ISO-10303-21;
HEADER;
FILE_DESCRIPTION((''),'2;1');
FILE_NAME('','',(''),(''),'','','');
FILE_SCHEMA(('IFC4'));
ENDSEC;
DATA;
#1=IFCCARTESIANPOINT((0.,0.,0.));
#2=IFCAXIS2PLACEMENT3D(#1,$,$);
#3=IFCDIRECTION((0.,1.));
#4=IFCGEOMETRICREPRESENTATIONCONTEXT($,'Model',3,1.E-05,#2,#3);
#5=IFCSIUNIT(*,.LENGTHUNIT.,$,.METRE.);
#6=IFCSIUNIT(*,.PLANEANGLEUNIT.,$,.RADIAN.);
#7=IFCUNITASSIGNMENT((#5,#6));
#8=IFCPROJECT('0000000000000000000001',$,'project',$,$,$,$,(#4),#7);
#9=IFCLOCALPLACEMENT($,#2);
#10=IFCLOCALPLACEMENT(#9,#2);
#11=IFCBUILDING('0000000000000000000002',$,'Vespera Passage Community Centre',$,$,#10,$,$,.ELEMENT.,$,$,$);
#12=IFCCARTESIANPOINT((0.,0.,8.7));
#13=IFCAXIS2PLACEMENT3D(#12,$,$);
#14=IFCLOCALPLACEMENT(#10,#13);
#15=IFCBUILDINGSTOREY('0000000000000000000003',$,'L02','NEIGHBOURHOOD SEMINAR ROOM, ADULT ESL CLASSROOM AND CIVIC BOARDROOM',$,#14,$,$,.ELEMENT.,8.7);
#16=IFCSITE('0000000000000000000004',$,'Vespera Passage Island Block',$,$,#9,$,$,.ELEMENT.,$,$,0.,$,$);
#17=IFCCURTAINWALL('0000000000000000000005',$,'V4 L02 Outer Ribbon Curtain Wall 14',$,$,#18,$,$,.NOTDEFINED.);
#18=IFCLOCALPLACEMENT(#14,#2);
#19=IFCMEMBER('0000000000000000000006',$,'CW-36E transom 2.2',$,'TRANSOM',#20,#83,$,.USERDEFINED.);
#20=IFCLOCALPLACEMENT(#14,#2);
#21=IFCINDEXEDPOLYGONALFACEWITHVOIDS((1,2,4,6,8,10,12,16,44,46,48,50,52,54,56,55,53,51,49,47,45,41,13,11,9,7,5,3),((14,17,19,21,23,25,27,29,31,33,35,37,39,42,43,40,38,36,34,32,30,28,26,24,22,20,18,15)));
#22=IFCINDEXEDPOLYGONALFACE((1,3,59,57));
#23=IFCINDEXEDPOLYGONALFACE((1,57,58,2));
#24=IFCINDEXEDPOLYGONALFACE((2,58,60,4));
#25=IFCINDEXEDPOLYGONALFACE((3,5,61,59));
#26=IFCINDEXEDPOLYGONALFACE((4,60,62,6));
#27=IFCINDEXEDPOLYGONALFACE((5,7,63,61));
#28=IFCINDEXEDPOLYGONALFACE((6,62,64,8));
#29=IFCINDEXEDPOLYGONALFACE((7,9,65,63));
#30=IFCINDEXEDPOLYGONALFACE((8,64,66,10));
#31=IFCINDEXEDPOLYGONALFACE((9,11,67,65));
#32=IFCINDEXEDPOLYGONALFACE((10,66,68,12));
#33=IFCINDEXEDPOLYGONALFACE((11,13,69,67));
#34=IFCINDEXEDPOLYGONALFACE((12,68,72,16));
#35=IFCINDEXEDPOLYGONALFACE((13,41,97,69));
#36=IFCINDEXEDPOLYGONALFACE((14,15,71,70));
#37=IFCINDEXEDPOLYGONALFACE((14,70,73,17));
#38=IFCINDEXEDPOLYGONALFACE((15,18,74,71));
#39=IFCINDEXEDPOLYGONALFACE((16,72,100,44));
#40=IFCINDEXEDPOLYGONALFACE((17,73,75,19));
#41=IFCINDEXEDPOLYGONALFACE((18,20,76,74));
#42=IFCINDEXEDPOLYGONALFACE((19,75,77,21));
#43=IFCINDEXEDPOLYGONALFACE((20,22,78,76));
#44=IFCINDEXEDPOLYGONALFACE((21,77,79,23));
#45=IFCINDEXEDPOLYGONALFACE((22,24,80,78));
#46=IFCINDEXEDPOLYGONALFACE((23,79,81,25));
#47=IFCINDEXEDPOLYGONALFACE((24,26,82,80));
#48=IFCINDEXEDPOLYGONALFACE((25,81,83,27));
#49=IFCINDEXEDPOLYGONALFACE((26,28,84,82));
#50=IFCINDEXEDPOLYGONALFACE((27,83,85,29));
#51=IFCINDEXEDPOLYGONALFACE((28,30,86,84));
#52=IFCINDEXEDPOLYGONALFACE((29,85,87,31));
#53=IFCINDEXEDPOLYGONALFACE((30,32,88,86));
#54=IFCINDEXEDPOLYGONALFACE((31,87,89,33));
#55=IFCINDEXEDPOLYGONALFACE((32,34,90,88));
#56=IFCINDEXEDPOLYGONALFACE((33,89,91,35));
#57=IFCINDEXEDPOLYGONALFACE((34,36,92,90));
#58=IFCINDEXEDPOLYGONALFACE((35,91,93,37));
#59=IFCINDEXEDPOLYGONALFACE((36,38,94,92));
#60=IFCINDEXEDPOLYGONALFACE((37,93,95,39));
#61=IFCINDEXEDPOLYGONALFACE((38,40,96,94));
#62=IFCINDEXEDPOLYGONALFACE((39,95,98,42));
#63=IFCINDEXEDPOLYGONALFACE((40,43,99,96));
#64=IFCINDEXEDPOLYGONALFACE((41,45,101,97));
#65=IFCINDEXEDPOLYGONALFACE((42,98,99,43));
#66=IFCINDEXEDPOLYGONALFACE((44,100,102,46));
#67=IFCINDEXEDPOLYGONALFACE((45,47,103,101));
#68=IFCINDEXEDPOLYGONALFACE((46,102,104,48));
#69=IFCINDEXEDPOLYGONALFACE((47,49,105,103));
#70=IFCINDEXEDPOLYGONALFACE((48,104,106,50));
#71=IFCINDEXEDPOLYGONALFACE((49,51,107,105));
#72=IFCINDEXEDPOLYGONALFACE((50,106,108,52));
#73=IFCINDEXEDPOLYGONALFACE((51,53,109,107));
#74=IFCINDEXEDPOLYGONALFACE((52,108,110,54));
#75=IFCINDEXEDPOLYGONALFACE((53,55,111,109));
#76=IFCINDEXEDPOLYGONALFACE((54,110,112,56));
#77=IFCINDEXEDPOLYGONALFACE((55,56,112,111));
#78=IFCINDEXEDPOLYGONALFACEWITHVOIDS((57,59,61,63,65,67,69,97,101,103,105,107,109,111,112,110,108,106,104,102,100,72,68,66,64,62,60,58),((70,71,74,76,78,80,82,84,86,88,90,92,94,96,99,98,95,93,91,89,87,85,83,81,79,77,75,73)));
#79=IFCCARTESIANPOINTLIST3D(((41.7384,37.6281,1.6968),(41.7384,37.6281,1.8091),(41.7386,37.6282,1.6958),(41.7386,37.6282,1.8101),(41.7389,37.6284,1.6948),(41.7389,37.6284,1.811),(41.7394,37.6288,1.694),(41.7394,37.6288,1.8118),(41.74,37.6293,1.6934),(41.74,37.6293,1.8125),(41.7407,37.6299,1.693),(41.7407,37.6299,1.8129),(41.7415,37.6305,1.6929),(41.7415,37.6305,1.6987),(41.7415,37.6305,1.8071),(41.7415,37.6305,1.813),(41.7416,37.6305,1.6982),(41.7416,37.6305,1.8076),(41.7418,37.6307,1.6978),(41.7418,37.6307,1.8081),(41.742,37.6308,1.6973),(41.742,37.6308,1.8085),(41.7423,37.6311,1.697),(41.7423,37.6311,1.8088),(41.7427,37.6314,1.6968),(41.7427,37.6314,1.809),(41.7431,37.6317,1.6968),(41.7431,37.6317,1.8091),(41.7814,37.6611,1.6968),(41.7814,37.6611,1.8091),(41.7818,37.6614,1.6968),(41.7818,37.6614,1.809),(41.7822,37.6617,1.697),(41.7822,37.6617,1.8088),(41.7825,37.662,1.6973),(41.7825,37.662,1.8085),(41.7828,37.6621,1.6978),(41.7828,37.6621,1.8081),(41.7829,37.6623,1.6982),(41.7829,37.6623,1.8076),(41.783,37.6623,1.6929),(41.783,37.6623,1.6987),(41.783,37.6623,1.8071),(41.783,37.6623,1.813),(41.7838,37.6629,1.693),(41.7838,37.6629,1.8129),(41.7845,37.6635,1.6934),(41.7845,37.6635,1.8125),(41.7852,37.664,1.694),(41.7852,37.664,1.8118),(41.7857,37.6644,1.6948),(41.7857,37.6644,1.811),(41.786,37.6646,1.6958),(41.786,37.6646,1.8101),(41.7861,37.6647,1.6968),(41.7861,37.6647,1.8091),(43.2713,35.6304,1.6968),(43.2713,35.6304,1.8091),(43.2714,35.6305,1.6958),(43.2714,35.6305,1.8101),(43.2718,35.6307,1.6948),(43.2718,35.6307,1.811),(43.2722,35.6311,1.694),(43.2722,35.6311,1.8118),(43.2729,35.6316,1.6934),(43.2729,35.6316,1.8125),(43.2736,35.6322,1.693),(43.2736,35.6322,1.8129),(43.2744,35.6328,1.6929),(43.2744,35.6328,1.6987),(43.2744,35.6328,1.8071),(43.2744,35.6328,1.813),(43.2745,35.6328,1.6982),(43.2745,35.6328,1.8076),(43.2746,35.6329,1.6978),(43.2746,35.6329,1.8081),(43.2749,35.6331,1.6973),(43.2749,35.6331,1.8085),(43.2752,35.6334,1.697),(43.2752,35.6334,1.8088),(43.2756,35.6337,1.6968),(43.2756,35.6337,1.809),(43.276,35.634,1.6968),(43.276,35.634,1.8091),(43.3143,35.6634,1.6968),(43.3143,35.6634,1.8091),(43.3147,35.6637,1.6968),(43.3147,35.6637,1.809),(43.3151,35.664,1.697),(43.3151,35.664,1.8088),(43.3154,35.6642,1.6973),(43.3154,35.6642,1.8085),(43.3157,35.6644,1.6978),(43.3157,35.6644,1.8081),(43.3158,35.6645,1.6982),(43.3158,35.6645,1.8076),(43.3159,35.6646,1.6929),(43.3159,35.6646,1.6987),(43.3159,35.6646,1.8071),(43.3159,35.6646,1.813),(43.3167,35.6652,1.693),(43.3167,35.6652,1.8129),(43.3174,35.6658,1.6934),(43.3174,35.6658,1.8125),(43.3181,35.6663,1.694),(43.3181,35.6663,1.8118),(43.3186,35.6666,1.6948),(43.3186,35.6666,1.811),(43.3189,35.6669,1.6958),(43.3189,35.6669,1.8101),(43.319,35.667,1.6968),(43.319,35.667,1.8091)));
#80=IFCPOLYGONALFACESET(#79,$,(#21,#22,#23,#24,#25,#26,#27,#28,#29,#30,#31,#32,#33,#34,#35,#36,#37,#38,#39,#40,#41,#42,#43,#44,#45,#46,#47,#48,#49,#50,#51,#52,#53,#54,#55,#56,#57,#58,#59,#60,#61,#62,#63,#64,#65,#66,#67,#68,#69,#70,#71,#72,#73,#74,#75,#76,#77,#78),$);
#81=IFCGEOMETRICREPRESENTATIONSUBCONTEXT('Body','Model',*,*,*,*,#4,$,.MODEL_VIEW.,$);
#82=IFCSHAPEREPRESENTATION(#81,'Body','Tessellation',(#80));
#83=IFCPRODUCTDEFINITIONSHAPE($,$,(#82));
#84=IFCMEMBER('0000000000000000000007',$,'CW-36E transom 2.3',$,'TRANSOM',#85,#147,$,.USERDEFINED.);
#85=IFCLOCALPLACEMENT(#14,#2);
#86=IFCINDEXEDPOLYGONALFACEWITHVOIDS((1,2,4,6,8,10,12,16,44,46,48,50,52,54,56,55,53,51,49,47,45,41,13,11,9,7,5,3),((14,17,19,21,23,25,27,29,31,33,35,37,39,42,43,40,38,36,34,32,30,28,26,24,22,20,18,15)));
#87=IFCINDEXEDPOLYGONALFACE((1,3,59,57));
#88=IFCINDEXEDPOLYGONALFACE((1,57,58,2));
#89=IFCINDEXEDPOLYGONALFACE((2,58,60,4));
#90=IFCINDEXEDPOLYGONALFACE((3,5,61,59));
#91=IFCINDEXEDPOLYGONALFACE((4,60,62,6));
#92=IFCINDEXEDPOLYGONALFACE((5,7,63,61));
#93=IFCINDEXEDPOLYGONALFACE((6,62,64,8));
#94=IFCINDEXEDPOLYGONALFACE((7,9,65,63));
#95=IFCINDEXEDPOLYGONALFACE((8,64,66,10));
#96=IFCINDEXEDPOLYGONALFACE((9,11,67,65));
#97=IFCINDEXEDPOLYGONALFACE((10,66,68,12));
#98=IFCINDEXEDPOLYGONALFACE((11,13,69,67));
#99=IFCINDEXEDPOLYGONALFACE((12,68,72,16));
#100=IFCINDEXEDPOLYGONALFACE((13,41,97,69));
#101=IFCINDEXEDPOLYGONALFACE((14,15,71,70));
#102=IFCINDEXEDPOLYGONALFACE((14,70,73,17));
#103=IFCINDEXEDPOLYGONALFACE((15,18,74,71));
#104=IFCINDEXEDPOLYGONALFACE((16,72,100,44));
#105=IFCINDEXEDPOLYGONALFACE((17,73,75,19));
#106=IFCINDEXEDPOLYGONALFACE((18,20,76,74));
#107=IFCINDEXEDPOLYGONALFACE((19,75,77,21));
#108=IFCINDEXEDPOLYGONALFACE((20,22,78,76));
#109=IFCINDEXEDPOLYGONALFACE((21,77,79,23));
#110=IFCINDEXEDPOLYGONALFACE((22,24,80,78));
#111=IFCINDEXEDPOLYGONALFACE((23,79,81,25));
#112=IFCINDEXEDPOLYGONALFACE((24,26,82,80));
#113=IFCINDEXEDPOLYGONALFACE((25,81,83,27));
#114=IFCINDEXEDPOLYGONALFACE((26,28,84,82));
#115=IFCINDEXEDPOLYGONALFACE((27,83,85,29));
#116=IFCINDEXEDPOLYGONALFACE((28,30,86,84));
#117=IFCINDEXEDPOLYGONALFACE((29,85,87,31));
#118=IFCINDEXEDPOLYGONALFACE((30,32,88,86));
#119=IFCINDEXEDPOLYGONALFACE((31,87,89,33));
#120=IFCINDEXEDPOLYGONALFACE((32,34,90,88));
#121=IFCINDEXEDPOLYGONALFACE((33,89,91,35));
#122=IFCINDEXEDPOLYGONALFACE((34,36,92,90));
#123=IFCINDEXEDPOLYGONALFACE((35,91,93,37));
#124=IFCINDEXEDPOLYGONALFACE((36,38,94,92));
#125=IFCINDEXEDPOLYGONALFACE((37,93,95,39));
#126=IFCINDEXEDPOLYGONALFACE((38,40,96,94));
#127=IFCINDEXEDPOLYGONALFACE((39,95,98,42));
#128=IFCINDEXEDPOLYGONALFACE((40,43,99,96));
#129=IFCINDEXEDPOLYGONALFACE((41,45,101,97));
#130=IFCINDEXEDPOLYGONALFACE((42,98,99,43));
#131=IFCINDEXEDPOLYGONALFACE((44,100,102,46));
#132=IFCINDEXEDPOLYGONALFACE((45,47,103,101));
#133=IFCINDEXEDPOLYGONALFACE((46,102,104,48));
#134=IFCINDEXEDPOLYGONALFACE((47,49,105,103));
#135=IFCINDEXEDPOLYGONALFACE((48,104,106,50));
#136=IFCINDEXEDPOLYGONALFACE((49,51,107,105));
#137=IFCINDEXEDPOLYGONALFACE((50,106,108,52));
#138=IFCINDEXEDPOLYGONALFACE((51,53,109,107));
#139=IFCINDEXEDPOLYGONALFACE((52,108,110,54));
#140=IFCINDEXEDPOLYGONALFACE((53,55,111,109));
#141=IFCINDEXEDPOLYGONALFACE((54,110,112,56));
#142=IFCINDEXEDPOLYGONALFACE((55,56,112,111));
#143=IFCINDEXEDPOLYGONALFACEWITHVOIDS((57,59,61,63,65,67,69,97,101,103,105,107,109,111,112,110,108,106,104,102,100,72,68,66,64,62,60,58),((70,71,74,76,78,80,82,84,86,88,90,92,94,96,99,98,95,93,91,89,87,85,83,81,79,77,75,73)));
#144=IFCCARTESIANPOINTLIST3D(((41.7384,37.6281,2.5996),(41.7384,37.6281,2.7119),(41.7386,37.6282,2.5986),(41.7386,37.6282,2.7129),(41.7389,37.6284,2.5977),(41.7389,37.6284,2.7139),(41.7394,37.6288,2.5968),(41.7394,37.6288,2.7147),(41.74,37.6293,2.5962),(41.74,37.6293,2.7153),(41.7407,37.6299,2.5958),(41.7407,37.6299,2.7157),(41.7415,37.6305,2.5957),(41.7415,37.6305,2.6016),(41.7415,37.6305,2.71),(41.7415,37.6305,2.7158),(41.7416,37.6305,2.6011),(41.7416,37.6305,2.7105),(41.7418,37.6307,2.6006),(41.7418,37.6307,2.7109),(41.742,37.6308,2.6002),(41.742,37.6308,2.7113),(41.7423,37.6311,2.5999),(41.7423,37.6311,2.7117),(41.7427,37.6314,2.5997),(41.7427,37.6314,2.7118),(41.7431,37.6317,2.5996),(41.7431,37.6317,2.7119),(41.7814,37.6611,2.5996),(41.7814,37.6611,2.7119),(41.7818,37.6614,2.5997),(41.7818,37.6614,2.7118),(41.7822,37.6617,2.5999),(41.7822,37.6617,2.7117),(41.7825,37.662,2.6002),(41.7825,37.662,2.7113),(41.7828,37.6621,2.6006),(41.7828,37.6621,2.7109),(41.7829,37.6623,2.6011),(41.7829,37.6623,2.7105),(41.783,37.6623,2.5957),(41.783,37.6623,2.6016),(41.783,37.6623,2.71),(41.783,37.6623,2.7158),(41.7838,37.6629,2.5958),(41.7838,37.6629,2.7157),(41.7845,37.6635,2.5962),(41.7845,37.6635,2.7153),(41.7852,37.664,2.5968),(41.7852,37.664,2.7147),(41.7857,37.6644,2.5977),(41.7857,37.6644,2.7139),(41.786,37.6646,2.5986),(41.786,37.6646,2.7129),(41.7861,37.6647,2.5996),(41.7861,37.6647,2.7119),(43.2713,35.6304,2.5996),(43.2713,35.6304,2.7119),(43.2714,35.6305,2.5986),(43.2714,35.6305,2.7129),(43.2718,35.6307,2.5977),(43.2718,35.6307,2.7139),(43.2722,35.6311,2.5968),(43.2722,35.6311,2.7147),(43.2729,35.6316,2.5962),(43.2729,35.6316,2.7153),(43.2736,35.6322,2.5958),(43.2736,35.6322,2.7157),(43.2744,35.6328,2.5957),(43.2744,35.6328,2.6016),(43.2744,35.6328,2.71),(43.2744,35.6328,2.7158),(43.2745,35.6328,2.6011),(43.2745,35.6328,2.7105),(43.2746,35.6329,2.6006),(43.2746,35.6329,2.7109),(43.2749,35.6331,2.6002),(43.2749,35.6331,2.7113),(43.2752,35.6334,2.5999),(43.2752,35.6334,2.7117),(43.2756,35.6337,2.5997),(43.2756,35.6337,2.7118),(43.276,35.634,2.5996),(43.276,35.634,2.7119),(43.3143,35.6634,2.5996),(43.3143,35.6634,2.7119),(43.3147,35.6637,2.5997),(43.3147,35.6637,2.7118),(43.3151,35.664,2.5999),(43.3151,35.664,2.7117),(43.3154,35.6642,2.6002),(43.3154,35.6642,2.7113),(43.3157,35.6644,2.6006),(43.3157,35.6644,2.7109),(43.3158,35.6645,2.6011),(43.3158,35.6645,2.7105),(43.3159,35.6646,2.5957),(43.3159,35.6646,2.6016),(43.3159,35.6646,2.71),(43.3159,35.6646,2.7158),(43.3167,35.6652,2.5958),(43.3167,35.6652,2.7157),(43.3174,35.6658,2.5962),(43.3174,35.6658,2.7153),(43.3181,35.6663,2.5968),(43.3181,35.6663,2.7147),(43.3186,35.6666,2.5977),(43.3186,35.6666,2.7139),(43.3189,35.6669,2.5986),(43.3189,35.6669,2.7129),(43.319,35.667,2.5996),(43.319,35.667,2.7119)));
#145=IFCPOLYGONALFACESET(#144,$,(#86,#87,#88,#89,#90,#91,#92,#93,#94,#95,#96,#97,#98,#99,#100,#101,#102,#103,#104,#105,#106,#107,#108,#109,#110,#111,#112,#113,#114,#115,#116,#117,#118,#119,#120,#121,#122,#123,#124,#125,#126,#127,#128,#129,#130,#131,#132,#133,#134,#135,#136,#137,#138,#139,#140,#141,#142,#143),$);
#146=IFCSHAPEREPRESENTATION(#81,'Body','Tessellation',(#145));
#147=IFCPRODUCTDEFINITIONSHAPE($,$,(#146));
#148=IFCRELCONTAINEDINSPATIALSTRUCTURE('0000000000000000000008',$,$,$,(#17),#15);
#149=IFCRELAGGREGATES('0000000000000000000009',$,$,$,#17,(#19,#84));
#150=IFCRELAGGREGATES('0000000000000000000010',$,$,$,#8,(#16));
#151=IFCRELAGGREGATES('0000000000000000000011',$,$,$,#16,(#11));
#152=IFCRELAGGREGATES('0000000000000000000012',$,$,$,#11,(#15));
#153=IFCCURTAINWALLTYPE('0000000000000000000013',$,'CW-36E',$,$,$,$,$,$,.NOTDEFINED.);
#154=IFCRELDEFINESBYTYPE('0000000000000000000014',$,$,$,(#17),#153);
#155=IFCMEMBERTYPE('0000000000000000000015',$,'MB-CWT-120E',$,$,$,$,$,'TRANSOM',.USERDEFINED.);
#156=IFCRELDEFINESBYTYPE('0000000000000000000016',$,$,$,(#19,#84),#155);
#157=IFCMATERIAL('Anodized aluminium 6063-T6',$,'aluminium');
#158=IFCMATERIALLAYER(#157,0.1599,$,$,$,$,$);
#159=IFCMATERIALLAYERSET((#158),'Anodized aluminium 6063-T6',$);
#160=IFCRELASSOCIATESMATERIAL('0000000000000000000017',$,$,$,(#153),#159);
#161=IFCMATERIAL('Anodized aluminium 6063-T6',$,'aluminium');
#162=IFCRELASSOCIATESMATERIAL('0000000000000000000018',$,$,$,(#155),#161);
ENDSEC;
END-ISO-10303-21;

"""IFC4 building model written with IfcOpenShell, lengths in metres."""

from ifc_helpers import new_model, si_unit, direction, frame, origin, origin_2d, place, context, subcontext, project, spatial, hollow_rectangle, extrude, material, layer, layer_set, material_profile, profile_set, type_object, element, aggregate, save


model = new_model("IFC4")

# Units and contexts
model_context = context("Model", 3, precision=1e-05, world=origin(), true_north=direction((0.0, 1.0)))
body_context = subcontext(model_context, "Body", "Model", "MODEL_VIEW")
ifc_project = project(units=[si_unit("LENGTHUNIT", "METRE"), si_unit("PLANEANGLEUNIT", "RADIAN")], contexts=[model_context])

# Site, building, storey
site_placement = place(None, origin())
site = spatial("IfcSite", under=ifc_project, at=site_placement, Name="Vespera Passage Island Block", CompositionType="ELEMENT", RefElevation=0.0)
building_placement = place(site_placement, origin())
building = spatial("IfcBuilding", under=site, at=building_placement, Name="Vespera Passage Community Centre", CompositionType="ELEMENT")
storey_placement = place(building_placement, frame((0.0, 0.0, 8.7)))
storey = spatial("IfcBuildingStorey", under=building, at=storey_placement, Name="L02", Description="NEIGHBOURHOOD SEMINAR ROOM, ADULT ESL CLASSROOM AND CIVIC BOARDROOM", CompositionType="ELEMENT", Elevation=8.7)

# Curtain wall, members
ifc_material_1 = material(Name="Anodized aluminium 6063-T6", Category="aluminium")
ifc_layer_1 = layer(ifc_material_1, 0.1599)
ifc_layer_set_1 = layer_set([ifc_layer_1], Name="Anodized aluminium 6063-T6")
curtain_wall_type = type_object("IfcCurtainWallType", Name="CW-36E", PredefinedType="NOTDEFINED", material=ifc_layer_set_1)
curtain_wall_placement = place(storey_placement, origin())
curtain_wall = element("IfcCurtainWall", 1, at=curtain_wall_placement, inside=storey, type_object=curtain_wall_type, Name="V4 L02 Outer Ribbon Curtain Wall 14", PredefinedType="NOTDEFINED")
ifc_material_2 = material(Name="Anodized aluminium 6063-T6", Category="aluminium")
ifc_material_profile_1 = material_profile(ifc_material_2, hollow_rectangle(XDim=0.0601, YDim=0.1201, WallThickness=0.0039, InnerFilletRadius=0.002, OuterFilletRadius=0.0039, at=origin_2d()), Name="ALU120X60X4")
ifc_profile_set_1 = profile_set([ifc_material_profile_1], Name="Anodized aluminium 6063-T6")
member_type_1 = type_object("IfcMemberType", Name="MB-CWT-120E", ElementType="TRANSOM", PredefinedType="USERDEFINED", material=ifc_profile_set_1)
member_1_placement = place(storey_placement, frame((43.2952, 35.6487, 1.7529), z_axis=(-0.608759, 0.793355, 0.0), x_axis=(-0.793355, -0.608759, 0.0)))
member_1 = element("IfcMember", 2, at=member_1_placement, type_object=member_type_1, Name="CW-36E transom 2.2", ObjectType="TRANSOM", PredefinedType="USERDEFINED", context=body_context, shape_type="SweptSolid", body=[
    extrude(hollow_rectangle(XDim=0.0601, YDim=0.1201, WallThickness=0.0039, InnerFilletRadius=0.002, OuterFilletRadius=0.0039, at=origin_2d()), origin(), (0.0, 0.0, 1.0), 2.5181),
])
member_2_placement = place(storey_placement, frame((43.2952, 35.6487, 2.6558), z_axis=(-0.608759, 0.793355, 0.0), x_axis=(-0.793355, -0.608759, 0.0)))
member_2 = element("IfcMember", 3, at=member_2_placement, type_object=member_type_1, Name="CW-36E transom 2.3", ObjectType="TRANSOM", PredefinedType="USERDEFINED", context=body_context, shape_type="SweptSolid", body=[
    extrude(hollow_rectangle(XDim=0.0601, YDim=0.1201, WallThickness=0.0039, InnerFilletRadius=0.002, OuterFilletRadius=0.0039, at=origin_2d()), origin(), (0.0, 0.0, 1.0), 2.5181),
])

aggregate(curtain_wall, [member_1, member_2])

save(model, "model.ifc")
